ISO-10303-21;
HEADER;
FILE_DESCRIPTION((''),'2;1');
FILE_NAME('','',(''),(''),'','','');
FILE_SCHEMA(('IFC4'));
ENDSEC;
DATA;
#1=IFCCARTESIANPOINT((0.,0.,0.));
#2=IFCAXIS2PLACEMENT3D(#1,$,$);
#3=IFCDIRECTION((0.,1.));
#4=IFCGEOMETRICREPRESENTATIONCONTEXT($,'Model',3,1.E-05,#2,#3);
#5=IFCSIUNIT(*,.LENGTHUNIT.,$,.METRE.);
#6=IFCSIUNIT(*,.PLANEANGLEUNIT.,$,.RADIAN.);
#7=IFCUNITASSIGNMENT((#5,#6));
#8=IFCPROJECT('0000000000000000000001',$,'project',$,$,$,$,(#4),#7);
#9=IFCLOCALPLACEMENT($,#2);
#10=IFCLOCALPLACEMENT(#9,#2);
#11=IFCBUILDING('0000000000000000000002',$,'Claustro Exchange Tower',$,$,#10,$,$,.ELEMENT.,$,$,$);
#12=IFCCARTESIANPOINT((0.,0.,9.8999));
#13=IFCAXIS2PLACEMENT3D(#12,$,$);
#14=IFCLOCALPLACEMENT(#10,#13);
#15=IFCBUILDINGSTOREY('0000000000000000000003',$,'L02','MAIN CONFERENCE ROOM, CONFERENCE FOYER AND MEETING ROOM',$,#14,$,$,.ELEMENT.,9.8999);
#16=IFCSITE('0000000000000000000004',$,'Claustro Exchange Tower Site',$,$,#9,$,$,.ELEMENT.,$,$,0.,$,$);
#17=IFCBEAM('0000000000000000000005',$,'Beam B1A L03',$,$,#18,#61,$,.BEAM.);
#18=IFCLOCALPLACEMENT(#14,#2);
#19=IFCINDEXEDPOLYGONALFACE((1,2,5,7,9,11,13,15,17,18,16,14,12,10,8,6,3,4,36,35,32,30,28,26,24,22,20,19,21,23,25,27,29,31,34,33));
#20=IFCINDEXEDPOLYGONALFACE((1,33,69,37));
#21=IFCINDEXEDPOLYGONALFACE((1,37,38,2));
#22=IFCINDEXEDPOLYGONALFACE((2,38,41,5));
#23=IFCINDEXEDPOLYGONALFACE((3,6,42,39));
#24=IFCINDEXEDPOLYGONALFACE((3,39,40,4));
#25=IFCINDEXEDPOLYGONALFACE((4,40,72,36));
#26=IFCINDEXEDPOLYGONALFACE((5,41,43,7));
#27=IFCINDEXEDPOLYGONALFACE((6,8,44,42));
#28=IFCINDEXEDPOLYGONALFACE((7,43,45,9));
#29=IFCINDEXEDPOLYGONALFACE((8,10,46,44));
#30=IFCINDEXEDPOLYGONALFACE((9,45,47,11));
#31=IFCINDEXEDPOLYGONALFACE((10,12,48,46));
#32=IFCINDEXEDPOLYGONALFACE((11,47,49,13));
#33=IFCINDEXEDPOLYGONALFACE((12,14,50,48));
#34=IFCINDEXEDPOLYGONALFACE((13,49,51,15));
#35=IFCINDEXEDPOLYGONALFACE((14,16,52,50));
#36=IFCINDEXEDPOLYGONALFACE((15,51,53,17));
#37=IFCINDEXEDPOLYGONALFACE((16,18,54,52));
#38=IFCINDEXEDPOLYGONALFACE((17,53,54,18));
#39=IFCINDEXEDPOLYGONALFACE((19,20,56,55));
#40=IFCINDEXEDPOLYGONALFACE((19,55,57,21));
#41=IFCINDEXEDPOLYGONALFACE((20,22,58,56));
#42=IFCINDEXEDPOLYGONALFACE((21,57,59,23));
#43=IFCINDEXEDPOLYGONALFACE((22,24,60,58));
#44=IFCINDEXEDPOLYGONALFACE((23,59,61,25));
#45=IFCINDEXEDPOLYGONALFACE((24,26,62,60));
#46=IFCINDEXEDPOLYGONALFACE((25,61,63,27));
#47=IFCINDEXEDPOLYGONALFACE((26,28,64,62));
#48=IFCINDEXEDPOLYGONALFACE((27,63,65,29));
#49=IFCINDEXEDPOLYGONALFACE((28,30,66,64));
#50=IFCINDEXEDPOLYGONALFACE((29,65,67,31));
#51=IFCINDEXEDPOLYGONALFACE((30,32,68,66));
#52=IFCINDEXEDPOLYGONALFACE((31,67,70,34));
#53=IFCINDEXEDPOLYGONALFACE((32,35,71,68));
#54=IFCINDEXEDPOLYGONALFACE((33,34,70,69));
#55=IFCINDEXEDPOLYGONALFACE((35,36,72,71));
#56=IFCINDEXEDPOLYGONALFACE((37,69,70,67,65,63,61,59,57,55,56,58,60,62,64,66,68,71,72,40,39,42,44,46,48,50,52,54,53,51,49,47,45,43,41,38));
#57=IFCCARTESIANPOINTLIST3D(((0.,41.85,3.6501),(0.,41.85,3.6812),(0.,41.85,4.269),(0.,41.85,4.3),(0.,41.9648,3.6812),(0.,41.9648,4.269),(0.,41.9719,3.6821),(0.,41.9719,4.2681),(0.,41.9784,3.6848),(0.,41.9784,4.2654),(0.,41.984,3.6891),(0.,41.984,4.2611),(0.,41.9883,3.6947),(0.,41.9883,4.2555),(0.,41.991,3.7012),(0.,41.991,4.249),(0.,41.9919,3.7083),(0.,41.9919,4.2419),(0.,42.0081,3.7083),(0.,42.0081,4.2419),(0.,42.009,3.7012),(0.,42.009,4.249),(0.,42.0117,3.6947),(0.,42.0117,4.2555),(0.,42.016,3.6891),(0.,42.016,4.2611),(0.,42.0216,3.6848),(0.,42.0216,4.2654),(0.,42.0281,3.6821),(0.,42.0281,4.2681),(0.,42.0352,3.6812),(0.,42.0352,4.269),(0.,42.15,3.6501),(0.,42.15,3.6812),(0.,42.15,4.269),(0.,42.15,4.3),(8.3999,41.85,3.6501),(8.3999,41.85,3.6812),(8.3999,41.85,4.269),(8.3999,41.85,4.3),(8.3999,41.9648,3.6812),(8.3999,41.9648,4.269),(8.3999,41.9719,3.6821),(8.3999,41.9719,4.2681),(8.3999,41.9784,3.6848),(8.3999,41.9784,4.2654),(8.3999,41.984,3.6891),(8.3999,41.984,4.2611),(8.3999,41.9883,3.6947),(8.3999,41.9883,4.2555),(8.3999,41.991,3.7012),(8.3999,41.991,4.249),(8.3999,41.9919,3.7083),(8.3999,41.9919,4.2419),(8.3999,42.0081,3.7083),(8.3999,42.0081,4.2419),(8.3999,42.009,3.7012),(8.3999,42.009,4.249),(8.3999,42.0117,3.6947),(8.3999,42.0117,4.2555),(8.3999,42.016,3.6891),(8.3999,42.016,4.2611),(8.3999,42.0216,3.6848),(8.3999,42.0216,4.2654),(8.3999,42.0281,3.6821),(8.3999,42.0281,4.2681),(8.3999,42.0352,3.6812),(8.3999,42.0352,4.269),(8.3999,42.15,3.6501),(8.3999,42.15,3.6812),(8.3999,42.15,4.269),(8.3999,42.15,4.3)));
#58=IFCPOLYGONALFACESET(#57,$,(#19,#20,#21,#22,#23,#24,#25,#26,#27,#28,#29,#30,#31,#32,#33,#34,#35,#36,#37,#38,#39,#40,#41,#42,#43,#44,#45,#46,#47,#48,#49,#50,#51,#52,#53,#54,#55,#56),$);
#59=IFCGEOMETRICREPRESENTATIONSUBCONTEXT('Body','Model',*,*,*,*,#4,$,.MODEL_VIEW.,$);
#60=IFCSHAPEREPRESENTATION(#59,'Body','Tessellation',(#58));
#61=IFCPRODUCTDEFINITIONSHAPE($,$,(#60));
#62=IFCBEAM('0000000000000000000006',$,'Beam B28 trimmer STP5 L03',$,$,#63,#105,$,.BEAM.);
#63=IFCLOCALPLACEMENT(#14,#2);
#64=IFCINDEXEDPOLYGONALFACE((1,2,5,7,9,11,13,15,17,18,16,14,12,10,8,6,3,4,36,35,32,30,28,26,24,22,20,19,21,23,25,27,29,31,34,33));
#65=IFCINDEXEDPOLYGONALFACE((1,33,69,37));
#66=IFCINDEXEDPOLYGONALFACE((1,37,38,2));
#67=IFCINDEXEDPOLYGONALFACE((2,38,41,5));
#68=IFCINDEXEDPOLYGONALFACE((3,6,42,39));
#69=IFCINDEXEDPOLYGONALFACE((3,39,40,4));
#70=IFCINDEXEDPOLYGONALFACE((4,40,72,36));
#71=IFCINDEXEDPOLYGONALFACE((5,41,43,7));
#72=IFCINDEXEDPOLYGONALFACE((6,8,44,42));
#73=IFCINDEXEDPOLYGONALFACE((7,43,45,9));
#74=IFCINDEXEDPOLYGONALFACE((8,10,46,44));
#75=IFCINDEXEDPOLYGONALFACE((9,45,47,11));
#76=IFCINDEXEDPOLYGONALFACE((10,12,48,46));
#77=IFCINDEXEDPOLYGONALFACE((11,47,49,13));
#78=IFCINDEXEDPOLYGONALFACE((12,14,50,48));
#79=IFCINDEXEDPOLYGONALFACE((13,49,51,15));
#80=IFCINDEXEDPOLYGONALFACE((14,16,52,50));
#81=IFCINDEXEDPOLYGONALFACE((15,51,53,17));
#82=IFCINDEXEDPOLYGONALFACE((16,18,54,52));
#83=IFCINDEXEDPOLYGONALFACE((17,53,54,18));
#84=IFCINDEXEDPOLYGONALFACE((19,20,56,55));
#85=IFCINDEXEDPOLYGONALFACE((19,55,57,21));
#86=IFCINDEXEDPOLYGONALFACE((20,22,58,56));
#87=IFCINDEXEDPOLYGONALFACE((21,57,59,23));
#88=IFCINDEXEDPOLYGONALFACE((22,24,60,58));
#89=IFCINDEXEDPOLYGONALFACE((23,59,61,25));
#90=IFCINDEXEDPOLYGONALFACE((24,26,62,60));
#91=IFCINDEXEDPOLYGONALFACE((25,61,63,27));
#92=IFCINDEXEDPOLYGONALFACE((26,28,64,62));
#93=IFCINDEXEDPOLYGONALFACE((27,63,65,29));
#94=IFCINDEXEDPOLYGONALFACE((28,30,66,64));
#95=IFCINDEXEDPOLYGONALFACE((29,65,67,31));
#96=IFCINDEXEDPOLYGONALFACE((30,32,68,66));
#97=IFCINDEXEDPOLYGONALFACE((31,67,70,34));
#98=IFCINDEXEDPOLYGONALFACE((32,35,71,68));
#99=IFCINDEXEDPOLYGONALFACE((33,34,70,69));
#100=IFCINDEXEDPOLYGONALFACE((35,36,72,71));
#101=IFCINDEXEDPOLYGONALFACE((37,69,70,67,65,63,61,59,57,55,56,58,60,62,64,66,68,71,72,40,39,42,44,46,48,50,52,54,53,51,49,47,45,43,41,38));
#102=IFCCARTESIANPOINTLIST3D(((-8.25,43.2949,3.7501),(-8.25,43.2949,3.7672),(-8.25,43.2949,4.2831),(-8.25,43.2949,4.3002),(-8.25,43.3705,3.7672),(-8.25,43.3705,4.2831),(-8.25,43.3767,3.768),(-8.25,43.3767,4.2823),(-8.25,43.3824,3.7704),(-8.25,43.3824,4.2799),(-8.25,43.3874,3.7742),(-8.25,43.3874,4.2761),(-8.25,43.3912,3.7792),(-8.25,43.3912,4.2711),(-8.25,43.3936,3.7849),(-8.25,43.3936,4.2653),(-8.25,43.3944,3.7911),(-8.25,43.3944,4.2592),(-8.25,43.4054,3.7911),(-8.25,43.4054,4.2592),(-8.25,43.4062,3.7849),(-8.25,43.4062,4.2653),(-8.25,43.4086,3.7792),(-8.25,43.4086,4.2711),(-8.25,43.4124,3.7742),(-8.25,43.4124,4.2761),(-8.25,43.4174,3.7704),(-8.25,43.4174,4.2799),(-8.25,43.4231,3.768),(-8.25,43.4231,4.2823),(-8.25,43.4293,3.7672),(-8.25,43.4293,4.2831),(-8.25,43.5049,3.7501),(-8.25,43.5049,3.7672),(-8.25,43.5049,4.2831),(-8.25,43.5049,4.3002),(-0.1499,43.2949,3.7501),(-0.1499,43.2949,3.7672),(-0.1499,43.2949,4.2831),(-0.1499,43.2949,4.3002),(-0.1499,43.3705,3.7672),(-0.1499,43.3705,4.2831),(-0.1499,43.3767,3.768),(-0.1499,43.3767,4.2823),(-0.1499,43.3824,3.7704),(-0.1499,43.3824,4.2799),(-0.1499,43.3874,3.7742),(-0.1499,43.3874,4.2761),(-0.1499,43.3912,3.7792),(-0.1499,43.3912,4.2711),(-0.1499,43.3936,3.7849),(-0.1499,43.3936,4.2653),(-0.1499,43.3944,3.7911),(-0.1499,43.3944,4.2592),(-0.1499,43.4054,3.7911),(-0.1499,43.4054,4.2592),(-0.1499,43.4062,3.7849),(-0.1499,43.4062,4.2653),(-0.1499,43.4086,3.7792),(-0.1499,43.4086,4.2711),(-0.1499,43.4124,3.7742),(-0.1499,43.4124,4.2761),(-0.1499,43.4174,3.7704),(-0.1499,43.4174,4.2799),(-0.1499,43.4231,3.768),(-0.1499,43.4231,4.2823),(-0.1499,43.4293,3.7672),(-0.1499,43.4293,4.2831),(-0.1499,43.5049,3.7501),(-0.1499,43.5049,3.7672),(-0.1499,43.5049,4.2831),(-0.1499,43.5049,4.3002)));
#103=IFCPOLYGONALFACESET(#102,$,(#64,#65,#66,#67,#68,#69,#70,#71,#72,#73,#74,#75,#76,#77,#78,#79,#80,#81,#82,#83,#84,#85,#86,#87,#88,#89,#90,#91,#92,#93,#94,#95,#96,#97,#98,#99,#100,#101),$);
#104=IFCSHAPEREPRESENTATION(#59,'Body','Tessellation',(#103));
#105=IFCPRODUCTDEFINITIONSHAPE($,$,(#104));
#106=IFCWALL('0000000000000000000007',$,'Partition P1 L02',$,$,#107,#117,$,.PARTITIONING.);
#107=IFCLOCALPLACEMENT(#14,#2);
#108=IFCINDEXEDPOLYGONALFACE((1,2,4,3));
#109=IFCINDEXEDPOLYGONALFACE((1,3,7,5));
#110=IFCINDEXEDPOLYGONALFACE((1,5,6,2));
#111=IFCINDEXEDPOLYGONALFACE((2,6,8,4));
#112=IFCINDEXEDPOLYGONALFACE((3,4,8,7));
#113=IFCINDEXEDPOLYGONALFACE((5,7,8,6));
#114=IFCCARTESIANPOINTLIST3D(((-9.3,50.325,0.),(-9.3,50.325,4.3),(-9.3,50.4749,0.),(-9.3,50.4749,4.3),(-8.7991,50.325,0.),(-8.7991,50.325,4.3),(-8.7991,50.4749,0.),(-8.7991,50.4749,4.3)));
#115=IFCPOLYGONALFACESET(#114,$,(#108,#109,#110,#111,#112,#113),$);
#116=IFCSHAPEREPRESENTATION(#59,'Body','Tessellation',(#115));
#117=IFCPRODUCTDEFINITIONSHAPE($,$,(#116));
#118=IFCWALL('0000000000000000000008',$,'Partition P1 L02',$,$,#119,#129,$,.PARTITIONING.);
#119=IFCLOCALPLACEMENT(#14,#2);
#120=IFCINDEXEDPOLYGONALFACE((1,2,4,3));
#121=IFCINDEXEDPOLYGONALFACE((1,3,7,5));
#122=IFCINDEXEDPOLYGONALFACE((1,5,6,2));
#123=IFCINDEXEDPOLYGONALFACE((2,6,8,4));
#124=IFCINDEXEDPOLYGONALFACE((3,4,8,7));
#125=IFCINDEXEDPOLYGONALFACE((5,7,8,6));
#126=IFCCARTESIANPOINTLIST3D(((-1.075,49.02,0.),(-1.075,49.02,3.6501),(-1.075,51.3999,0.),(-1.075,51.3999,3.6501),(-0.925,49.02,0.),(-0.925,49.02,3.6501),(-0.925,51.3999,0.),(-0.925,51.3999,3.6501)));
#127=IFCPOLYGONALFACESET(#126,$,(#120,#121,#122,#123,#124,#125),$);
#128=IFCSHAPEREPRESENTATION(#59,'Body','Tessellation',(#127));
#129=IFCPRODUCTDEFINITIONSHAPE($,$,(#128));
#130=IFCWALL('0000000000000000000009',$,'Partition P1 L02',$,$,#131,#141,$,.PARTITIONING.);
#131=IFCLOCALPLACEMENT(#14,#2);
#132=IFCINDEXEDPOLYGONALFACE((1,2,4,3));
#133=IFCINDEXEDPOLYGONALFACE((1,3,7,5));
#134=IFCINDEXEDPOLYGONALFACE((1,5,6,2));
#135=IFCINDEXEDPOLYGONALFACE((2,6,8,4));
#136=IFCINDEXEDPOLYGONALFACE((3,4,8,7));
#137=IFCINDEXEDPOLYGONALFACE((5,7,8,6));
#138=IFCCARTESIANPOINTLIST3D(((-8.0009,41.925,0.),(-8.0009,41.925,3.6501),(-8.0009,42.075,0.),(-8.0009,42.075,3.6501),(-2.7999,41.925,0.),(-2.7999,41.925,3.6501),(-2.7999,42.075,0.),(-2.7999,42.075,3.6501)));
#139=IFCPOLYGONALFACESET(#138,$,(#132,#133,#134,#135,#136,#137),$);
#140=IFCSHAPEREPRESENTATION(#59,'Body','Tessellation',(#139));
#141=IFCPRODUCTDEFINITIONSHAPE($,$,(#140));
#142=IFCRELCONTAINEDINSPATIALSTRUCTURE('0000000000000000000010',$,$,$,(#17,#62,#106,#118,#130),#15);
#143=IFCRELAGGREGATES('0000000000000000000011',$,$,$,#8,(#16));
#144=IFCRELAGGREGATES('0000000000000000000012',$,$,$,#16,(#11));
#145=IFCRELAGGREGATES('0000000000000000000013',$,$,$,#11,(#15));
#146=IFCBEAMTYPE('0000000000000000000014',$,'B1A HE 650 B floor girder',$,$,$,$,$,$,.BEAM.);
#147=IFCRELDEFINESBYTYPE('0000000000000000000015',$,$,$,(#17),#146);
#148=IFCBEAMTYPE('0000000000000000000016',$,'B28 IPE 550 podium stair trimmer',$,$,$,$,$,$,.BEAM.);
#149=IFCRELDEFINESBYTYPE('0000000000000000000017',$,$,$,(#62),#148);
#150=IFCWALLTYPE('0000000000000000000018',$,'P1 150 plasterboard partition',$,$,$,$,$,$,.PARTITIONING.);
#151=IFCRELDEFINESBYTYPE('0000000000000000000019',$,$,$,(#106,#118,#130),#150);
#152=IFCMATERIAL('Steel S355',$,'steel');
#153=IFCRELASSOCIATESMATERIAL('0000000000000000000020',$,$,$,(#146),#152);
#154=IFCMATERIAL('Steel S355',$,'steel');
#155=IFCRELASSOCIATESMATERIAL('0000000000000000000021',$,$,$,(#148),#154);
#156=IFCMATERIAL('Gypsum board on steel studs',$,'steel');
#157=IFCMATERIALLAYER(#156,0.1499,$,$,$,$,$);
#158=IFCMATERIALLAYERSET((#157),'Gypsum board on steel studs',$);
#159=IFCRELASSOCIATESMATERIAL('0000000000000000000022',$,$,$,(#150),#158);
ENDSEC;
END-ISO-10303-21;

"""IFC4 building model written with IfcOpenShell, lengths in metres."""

from ifc_helpers import new_model, si_unit, direction, frame, frame_2d, origin, origin_2d, place, context, subcontext, project, spatial, rectangle, i_section, extrude, material, layer, layer_set, material_profile, profile_set, type_object, element, save


model = new_model("IFC4")

# Units and contexts
model_context = context("Model", 3, precision=1e-05, world=origin(), true_north=direction((0.0, 1.0)))
body_context = subcontext(model_context, "Body", "Model", "MODEL_VIEW")
ifc_project = project(units=[si_unit("LENGTHUNIT", "METRE"), si_unit("PLANEANGLEUNIT", "RADIAN")], contexts=[model_context])

# Site, building, storey
site_placement = place(None, origin())
site = spatial("IfcSite", under=ifc_project, at=site_placement, Name="Claustro Exchange Tower Site", CompositionType="ELEMENT", RefElevation=0.0)
building_placement = place(site_placement, origin())
building = spatial("IfcBuilding", under=site, at=building_placement, Name="Claustro Exchange Tower", CompositionType="ELEMENT")
storey_placement = place(building_placement, frame((0.0, 0.0, 9.8999)))
storey = spatial("IfcBuildingStorey", under=building, at=storey_placement, Name="L02", Description="MAIN CONFERENCE ROOM, CONFERENCE FOYER AND MEETING ROOM", CompositionType="ELEMENT", Elevation=9.8999)

# Beams
ifc_material_1 = material(Name="Steel S355", Category="steel")
ifc_material_profile_1 = material_profile(ifc_material_1, i_section(OverallWidth=0.3, OverallDepth=0.6499, WebThickness=0.0161, FlangeThickness=0.031, FilletRadius=0.0271, at=origin_2d()), Name="HE 650 B")
ifc_profile_set_1 = profile_set([ifc_material_profile_1], Name="Steel S355")
beam_type_1 = type_object("IfcBeamType", Name="B1A HE 650 B floor girder", PredefinedType="BEAM", material=ifc_profile_set_1)
for number, where, z_axis, x_axis, name in (
    (1, (0.0, 42.0, 3.9751), (1.0, 0.0, 0.0), (0.0, 1.0, 0.0), "Beam B1A L03"),
):
    element("IfcBeam", number, at=place(storey_placement, frame(where, z_axis=z_axis, x_axis=x_axis)), inside=storey, type_object=beam_type_1, Name=name, PredefinedType="BEAM", context=body_context, shape_type="SweptSolid", body=[
        extrude(i_section(OverallWidth=0.3, OverallDepth=0.6499, WebThickness=0.0161, FlangeThickness=0.031, FilletRadius=0.0271, at=origin_2d()), origin(), (0.0, 0.0, 1.0), 8.3999),
    ])
ifc_material_2 = material(Name="Steel S355", Category="steel")
ifc_material_profile_2 = material_profile(ifc_material_2, i_section(OverallWidth=0.21, OverallDepth=0.55, WebThickness=0.011, FlangeThickness=0.0171, FilletRadius=0.0239, at=origin_2d()), Name="IPE 550")
ifc_profile_set_2 = profile_set([ifc_material_profile_2], Name="Steel S355")
beam_type_2 = type_object("IfcBeamType", Name="B28 IPE 550 podium stair trimmer", PredefinedType="BEAM", material=ifc_profile_set_2)
beam_placement = place(storey_placement, frame((-8.25, 43.3999, 4.0251), z_axis=(1.0, 0.0, 0.0), x_axis=(0.0, 1.0, 0.0)))
element("IfcBeam", 2, at=beam_placement, inside=storey, type_object=beam_type_2, Name="Beam B28 trimmer STP5 L03", PredefinedType="BEAM", context=body_context, shape_type="SweptSolid", body=[
    extrude(i_section(OverallWidth=0.21, OverallDepth=0.55, WebThickness=0.011, FlangeThickness=0.0171, FilletRadius=0.0239, at=origin_2d()), origin(), (0.0, 0.0, 1.0), 8.1001),
])

# Walls
ifc_material_3 = material(Name="Gypsum board on steel studs", Category="steel")
ifc_layer_1 = layer(ifc_material_3, 0.1499)
ifc_layer_set_1 = layer_set([ifc_layer_1], Name="Gypsum board on steel studs")
wall_type_1 = type_object("IfcWallType", Name="P1 150 plasterboard partition", PredefinedType="PARTITIONING", material=ifc_layer_set_1)
wall_1_placement = place(storey_placement, frame((-9.3, 50.3999, 0.0), z_axis=(0.0, 0.0, 1.0), x_axis=(1.0, 0.0, 0.0)))
element("IfcWall", 3, at=wall_1_placement, inside=storey, type_object=wall_type_1, Name="Partition P1 L02", PredefinedType="PARTITIONING", context=body_context, shape_type="SweptSolid", body=[
    extrude(rectangle(XDim=0.501, YDim=0.1499, at=frame_2d((0.2505, 0.0))), origin(), (0.0, 0.0, 1.0), 4.3),
])
wall_2_placement = place(storey_placement, frame((-1.0, 49.02, 0.0), z_axis=(0.0, 0.0, 1.0), x_axis=(0.0, 1.0, 0.0)))
element("IfcWall", 4, at=wall_2_placement, inside=storey, type_object=wall_type_1, Name="Partition P1 L02", PredefinedType="PARTITIONING", context=body_context, shape_type="SweptSolid", body=[
    extrude(rectangle(XDim=2.3799, YDim=0.1499, at=frame_2d((1.1899, 0.0))), origin(), (0.0, 0.0, 1.0), 3.6501),
])
wall_3_placement = place(storey_placement, frame((-8.001, 42.0, 0.0), z_axis=(0.0, 0.0, 1.0), x_axis=(1.0, 0.0, 0.0)))
element("IfcWall", 5, at=wall_3_placement, inside=storey, type_object=wall_type_1, Name="Partition P1 L02", PredefinedType="PARTITIONING", context=body_context, shape_type="SweptSolid", body=[
    extrude(rectangle(XDim=5.2009, YDim=0.1499, at=frame_2d((2.6006, 0.0))), origin(), (0.0, 0.0, 1.0), 3.6501),
])

save(model, "model.ifc")
